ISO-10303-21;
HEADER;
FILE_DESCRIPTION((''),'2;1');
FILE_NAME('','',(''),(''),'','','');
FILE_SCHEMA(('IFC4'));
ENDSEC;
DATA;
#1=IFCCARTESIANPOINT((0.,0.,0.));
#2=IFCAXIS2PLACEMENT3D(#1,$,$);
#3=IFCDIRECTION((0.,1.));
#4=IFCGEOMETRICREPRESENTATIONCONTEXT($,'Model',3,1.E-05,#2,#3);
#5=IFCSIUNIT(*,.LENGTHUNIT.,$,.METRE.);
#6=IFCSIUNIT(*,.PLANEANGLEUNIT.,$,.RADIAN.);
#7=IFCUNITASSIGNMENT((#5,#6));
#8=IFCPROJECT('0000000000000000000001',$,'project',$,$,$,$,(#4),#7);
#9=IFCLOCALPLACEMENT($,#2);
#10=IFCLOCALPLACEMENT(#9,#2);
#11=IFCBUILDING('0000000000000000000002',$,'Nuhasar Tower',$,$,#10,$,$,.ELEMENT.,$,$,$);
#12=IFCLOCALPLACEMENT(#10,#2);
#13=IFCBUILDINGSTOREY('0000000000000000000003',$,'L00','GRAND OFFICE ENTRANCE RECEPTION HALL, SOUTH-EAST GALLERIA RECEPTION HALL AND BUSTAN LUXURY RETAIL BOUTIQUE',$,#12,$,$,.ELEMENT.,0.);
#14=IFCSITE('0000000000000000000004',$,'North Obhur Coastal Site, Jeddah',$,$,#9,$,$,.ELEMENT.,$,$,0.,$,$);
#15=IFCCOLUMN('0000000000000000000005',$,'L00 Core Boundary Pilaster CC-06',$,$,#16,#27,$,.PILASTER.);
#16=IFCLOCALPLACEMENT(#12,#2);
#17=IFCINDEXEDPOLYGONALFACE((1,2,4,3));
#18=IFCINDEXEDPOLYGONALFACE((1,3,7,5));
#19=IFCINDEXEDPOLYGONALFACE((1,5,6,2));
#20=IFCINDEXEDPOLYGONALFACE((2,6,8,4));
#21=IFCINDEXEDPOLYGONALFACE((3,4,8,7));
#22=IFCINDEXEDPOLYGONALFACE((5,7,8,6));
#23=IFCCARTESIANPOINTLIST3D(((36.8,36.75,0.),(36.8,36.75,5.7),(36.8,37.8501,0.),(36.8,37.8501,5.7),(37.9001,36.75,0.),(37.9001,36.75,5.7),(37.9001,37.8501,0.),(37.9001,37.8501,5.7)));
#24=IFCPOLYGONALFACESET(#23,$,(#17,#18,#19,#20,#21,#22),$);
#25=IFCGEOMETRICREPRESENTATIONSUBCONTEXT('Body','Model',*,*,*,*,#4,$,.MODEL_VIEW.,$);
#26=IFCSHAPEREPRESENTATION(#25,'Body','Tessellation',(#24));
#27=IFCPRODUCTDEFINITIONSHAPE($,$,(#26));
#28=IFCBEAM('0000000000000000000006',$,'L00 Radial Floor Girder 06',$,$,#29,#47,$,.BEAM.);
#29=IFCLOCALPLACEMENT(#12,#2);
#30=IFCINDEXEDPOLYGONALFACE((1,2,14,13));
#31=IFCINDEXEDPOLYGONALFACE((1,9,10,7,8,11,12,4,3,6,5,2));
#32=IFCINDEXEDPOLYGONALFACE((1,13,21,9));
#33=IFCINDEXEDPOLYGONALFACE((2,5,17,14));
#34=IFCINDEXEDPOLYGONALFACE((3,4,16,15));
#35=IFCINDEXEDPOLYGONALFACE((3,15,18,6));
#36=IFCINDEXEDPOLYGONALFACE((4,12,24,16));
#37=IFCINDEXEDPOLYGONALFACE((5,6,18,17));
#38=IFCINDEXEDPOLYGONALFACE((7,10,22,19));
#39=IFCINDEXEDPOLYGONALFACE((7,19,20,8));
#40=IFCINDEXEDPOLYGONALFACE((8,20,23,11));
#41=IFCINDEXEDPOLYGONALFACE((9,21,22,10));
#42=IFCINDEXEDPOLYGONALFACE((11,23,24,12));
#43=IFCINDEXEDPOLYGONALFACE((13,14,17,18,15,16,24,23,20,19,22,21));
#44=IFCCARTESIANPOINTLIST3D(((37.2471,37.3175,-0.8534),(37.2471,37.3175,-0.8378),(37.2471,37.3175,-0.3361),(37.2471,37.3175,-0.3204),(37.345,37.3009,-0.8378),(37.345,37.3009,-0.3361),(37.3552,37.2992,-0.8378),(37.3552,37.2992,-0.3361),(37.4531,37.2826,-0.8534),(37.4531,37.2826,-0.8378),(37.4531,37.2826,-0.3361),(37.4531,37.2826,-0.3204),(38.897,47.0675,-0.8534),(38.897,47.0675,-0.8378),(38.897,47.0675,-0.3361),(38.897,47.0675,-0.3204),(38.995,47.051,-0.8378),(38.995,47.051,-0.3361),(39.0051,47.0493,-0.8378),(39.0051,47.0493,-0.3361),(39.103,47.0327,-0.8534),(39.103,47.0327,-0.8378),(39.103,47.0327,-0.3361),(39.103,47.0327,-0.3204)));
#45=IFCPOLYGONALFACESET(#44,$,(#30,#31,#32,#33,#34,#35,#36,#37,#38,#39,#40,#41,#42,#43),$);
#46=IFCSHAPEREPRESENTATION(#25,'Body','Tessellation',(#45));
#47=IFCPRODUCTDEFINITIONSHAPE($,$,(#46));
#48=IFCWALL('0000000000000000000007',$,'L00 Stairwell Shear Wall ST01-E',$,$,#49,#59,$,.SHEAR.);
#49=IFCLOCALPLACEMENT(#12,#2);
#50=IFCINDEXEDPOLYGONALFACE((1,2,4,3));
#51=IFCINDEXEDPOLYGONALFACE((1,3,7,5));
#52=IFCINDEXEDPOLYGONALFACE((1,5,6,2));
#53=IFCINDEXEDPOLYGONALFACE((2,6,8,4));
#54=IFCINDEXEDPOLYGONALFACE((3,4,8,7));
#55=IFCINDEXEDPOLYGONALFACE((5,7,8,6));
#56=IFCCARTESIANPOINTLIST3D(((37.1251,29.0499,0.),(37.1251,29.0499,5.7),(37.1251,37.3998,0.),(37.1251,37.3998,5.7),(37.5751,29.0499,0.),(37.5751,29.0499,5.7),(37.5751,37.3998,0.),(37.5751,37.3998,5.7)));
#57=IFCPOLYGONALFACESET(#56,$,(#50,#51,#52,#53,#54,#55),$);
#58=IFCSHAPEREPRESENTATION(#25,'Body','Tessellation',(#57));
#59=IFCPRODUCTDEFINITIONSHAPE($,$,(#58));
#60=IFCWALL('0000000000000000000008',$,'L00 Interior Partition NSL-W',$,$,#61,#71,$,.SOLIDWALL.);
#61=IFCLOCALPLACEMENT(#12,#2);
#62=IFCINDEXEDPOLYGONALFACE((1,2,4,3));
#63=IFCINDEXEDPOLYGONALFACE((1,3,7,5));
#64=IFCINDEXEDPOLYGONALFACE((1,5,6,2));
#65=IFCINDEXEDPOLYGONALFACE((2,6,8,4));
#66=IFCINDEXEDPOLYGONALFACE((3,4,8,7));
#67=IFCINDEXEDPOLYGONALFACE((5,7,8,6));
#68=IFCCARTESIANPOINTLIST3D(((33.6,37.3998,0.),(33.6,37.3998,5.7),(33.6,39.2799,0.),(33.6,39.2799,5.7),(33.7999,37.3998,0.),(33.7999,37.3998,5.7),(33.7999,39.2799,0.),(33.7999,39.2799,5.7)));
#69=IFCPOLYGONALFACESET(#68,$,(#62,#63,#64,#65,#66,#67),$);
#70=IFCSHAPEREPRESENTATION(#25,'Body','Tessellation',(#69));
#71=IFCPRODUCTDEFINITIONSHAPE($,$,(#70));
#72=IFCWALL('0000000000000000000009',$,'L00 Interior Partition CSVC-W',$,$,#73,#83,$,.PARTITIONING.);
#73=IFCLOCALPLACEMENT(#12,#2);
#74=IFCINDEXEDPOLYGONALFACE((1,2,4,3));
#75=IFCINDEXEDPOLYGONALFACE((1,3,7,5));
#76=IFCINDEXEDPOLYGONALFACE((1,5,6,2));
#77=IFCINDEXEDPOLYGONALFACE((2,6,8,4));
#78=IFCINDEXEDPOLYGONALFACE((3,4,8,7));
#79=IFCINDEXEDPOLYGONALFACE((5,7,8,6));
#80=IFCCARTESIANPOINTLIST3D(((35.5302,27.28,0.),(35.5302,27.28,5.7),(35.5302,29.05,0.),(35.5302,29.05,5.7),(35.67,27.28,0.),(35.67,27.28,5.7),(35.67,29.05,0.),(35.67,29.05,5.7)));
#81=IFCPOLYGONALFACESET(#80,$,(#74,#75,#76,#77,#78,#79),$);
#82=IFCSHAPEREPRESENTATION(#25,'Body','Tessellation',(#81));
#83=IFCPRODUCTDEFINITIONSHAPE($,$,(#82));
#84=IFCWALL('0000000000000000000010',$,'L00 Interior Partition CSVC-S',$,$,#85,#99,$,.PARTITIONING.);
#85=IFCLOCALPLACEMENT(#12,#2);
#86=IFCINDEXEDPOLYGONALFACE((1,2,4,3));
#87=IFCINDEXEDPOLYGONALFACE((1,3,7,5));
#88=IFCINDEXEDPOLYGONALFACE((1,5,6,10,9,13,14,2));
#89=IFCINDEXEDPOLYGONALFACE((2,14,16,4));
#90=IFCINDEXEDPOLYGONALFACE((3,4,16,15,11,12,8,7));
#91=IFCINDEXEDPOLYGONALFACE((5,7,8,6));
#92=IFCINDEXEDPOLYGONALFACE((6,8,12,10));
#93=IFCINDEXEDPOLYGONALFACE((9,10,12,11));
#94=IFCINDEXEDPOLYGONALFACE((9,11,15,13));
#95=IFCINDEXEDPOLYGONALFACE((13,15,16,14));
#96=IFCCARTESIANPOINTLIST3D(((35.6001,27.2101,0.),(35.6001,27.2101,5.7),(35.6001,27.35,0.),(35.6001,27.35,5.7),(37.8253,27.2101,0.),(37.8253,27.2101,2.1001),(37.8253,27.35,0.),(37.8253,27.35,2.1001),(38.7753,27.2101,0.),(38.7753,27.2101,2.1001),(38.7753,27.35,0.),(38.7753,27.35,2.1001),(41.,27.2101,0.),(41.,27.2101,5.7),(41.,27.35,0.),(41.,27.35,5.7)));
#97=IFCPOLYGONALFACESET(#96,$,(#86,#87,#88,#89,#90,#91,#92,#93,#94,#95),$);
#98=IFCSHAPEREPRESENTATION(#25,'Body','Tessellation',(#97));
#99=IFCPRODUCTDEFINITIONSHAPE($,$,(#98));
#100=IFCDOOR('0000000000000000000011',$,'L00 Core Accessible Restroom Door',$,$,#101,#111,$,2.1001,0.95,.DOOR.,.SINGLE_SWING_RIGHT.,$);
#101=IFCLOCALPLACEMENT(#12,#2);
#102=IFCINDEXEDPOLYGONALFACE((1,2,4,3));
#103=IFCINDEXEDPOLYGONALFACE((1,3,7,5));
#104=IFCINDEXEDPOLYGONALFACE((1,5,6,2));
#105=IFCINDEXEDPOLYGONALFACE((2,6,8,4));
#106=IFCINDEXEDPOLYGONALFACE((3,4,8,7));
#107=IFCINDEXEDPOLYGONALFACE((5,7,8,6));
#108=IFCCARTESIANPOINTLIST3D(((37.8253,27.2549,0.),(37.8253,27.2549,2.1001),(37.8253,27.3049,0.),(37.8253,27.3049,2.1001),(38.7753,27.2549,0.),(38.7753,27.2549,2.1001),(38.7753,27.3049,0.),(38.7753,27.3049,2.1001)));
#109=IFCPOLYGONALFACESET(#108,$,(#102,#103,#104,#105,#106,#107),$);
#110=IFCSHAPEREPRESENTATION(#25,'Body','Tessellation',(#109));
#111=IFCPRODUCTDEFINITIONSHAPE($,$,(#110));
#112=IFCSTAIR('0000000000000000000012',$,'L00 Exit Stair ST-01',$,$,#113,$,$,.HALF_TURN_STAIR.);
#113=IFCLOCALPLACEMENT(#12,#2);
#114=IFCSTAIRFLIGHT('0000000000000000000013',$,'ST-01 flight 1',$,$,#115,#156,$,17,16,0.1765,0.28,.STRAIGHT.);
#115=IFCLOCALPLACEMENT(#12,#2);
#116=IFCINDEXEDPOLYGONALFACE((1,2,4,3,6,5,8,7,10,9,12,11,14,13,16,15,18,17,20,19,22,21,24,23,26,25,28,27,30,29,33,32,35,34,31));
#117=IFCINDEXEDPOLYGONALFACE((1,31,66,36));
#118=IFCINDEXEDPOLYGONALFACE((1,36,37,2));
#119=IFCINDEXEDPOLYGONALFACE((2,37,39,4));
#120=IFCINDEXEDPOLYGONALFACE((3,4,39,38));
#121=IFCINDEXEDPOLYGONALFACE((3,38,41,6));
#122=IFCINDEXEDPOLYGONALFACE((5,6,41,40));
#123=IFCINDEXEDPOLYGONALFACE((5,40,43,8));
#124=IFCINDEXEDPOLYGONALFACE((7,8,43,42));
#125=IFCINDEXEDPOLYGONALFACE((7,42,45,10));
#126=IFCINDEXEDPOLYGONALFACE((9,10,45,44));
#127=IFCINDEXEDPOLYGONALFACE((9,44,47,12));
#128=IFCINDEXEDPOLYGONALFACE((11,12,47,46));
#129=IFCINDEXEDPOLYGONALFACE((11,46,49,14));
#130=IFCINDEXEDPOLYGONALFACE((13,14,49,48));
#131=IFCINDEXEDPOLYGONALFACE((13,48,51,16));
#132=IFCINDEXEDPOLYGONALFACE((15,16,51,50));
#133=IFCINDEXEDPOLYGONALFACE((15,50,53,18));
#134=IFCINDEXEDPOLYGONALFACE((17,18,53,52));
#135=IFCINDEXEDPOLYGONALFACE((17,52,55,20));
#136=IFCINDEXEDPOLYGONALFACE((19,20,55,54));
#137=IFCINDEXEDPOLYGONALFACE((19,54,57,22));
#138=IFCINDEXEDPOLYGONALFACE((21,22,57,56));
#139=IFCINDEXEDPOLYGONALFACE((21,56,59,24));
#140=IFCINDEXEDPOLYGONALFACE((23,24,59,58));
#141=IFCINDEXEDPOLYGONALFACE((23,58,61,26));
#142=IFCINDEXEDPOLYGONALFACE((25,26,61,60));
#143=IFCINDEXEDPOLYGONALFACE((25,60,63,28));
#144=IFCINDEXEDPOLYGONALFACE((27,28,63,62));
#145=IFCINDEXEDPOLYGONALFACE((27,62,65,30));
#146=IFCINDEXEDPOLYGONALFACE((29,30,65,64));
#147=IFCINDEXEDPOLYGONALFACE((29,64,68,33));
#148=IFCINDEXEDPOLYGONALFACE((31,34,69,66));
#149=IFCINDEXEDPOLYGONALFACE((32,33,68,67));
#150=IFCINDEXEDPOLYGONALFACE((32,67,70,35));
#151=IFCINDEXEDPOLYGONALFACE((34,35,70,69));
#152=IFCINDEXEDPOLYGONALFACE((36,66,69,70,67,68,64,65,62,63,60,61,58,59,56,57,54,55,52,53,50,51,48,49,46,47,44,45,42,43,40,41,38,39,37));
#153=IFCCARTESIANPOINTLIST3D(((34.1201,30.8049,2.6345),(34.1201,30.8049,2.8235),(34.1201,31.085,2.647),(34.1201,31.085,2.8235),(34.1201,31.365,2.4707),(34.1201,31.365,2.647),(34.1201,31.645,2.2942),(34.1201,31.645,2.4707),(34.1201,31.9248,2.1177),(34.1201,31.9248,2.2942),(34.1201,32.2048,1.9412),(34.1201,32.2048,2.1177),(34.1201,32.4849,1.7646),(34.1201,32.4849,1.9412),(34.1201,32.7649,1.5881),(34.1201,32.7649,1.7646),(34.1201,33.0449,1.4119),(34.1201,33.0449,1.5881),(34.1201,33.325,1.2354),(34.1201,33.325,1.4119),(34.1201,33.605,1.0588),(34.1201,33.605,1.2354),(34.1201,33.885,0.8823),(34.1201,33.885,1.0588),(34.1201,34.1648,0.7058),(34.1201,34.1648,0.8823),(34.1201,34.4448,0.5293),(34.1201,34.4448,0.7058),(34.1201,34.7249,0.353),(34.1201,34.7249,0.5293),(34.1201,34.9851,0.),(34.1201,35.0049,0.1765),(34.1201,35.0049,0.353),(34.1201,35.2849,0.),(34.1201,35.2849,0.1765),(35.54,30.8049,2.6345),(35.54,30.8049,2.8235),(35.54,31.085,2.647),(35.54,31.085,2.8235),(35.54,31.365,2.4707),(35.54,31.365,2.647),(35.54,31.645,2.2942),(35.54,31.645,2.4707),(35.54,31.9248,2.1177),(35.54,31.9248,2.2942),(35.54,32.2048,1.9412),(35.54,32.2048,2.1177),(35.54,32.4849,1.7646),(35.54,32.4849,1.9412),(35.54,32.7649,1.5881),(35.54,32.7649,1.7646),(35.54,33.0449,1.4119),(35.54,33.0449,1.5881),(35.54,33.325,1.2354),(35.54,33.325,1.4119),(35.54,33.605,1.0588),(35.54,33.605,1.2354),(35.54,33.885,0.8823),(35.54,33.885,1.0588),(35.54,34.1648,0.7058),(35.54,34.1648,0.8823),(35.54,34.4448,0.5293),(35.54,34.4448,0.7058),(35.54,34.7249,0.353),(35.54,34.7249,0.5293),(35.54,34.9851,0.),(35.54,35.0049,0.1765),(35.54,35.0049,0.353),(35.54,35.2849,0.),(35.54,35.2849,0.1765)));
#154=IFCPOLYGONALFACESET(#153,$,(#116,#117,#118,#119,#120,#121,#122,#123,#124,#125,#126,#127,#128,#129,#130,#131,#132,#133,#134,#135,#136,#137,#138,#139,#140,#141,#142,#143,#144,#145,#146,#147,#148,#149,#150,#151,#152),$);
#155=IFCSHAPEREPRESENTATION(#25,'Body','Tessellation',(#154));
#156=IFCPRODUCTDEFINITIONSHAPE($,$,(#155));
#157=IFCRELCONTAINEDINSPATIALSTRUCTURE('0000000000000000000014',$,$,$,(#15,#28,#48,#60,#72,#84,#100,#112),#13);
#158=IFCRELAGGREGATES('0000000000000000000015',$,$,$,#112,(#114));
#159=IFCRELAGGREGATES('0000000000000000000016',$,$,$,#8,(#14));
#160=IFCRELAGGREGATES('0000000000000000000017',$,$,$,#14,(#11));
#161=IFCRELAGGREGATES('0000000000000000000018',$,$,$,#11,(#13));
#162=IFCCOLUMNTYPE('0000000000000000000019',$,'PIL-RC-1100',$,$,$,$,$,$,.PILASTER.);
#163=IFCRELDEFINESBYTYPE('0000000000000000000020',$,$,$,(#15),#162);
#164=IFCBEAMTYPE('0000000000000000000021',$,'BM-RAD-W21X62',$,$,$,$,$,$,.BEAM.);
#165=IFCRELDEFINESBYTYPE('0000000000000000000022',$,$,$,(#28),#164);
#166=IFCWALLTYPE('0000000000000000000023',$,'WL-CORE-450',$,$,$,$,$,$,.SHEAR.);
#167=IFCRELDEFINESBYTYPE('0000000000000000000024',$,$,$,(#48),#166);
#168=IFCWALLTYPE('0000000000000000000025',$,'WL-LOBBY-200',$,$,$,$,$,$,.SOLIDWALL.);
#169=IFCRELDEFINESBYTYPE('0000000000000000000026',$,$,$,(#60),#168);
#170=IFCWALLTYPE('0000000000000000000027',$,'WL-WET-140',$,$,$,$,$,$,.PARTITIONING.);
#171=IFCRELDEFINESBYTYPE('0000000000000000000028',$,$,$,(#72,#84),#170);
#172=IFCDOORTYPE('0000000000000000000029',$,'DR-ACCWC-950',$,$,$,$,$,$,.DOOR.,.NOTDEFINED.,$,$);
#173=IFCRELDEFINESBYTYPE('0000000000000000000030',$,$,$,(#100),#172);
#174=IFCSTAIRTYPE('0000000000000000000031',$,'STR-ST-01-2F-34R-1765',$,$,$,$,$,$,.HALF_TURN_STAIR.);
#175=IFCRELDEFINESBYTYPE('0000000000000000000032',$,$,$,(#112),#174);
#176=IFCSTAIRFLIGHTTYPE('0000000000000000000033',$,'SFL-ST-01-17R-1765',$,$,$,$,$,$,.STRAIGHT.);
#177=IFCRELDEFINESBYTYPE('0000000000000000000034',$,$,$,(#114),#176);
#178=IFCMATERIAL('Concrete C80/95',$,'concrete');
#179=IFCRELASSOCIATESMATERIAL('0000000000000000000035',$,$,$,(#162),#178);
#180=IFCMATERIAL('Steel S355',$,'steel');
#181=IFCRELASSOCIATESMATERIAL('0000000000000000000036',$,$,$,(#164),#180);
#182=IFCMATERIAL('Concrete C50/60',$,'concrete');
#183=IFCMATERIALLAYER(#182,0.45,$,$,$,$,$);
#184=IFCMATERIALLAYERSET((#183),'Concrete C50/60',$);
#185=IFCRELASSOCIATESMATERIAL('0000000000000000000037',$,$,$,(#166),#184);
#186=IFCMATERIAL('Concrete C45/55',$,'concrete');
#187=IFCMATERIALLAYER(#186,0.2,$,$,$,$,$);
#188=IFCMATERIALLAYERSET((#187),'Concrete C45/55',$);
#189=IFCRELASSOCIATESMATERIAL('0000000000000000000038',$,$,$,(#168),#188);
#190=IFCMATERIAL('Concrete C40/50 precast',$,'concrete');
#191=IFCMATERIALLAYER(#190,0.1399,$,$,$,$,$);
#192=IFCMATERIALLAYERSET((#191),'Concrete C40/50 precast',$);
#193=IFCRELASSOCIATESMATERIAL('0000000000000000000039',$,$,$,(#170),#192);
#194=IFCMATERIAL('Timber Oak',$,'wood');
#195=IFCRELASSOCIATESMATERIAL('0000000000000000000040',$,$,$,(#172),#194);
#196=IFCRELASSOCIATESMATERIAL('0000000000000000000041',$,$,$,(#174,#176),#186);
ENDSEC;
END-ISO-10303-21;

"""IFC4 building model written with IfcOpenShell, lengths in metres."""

from ifc_helpers import new_model, si_unit, direction, frame, frame_2d, origin, origin_2d, place, context, subcontext, project, spatial, polyline, rectangle, i_section, outline, extrude, material, layer, layer_set, material_profile, profile_set, type_object, element, fill, aggregate, save


model = new_model("IFC4")

# Units and contexts
model_context = context("Model", 3, precision=1e-05, world=origin(), true_north=direction((0.0, 1.0)))
body_context = subcontext(model_context, "Body", "Model", "MODEL_VIEW")
ifc_project = project(units=[si_unit("LENGTHUNIT", "METRE"), si_unit("PLANEANGLEUNIT", "RADIAN")], contexts=[model_context])

# Site, building, storey
site_placement = place(None, origin())
site = spatial("IfcSite", under=ifc_project, at=site_placement, Name="North Obhur Coastal Site, Jeddah", CompositionType="ELEMENT", RefElevation=0.0)
building_placement = place(site_placement, origin())
building = spatial("IfcBuilding", under=site, at=building_placement, Name="Nuhasar Tower", CompositionType="ELEMENT")
storey_placement = place(building_placement, origin())
storey = spatial("IfcBuildingStorey", under=building, at=storey_placement, Name="L00", Description="GRAND OFFICE ENTRANCE RECEPTION HALL, SOUTH-EAST GALLERIA RECEPTION HALL AND BUSTAN LUXURY RETAIL BOUTIQUE", CompositionType="ELEMENT", Elevation=0.0)

# Column
ifc_material_1 = material(Name="Concrete C80/95", Category="concrete")
ifc_material_profile_1 = material_profile(ifc_material_1, rectangle(XDim=1.1001, YDim=1.1001, at=origin_2d()), Name="RC1100X1100")
ifc_profile_set_1 = profile_set([ifc_material_profile_1], Name="Concrete C80/95")
column_type = type_object("IfcColumnType", Name="PIL-RC-1100", PredefinedType="PILASTER", material=ifc_profile_set_1)
column_placement = place(storey_placement, frame((37.3501, 37.3, 0.0), z_axis=(0.0, 0.0, 1.0), x_axis=(1.0, 0.0, 0.0)))
element("IfcColumn", 1, at=column_placement, inside=storey, type_object=column_type, Name="L00 Core Boundary Pilaster CC-06", PredefinedType="PILASTER", context=body_context, shape_type="SweptSolid", body=[
    extrude(rectangle(XDim=1.1001, YDim=1.1001, at=origin_2d()), origin(), (0.0, 0.0, 1.0), 5.7),
])

# Beam
ifc_material_2 = material(Name="Steel S355", Category="steel")
ifc_material_profile_2 = material_profile(ifc_material_2, i_section(OverallWidth=0.209, OverallDepth=0.533, WebThickness=0.0103, FlangeThickness=0.0156, at=origin_2d()), Name="W21X62")
ifc_profile_set_2 = profile_set([ifc_material_profile_2], Name="Steel S355")
beam_type = type_object("IfcBeamType", Name="BM-RAD-W21X62", PredefinedType="BEAM", material=ifc_profile_set_2)
beam_placement = place(storey_placement, frame((37.3501, 37.3, -0.5869), z_axis=(0.166849, 0.985983, 0.0), x_axis=(-0.985983, 0.166849, 0.0)))
element("IfcBeam", 2, at=beam_placement, inside=storey, type_object=beam_type, Name="L00 Radial Floor Girder 06", PredefinedType="BEAM", context=body_context, shape_type="SweptSolid", body=[
    extrude(i_section(OverallWidth=0.209, OverallDepth=0.533, WebThickness=0.0103, FlangeThickness=0.0156, at=origin_2d()), origin(), (0.0, 0.0, 1.0), 9.8887),
])

# Shared definitions
ifc_material_3 = material(Name="Concrete C50/60", Category="concrete")
ifc_layer_1 = layer(ifc_material_3, 0.45)
ifc_layer_set_1 = layer_set([ifc_layer_1], Name="Concrete C50/60")
wall_type_1 = type_object("IfcWallType", Name="WL-CORE-450", PredefinedType="SHEAR", material=ifc_layer_set_1)

# Wall
wall_1_placement = place(storey_placement, frame((37.3501, 29.05, 0.0), z_axis=(0.0, 0.0, 1.0), x_axis=(0.0, 1.0, 0.0)))
element("IfcWall", 3, at=wall_1_placement, inside=storey, type_object=wall_type_1, Name="L00 Stairwell Shear Wall ST01-E", PredefinedType="SHEAR", context=body_context, shape_type="SweptSolid", body=[
    extrude(rectangle(XDim=8.3499, YDim=0.45, at=frame_2d((4.1748, 0.0))), origin(), (0.0, 0.0, 1.0), 5.7),
])

# Walls
ifc_material_4 = material(Name="Concrete C45/55", Category="concrete")
ifc_layer_2 = layer(ifc_material_4, 0.2)
ifc_layer_set_2 = layer_set([ifc_layer_2], Name="Concrete C45/55")
wall_type_2 = type_object("IfcWallType", Name="WL-LOBBY-200", PredefinedType="SOLIDWALL", material=ifc_layer_set_2)
wall_2_placement = place(storey_placement, frame((33.7, 37.3999, 0.0), z_axis=(0.0, 0.0, 1.0), x_axis=(0.0, 1.0, 0.0)))
element("IfcWall", 4, at=wall_2_placement, inside=storey, type_object=wall_type_2, Name="L00 Interior Partition NSL-W", PredefinedType="SOLIDWALL", context=body_context, shape_type="SweptSolid", body=[
    extrude(rectangle(XDim=1.8801, YDim=0.2, at=frame_2d((0.9399, 0.0))), origin(), (0.0, 0.0, 1.0), 5.7),
])
ifc_material_5 = material(Name="Concrete C40/50 precast", Category="concrete")
ifc_layer_3 = layer(ifc_material_5, 0.1399)
ifc_layer_set_3 = layer_set([ifc_layer_3], Name="Concrete C40/50 precast")
wall_type_3 = type_object("IfcWallType", Name="WL-WET-140", PredefinedType="PARTITIONING", material=ifc_layer_set_3)
wall_3_placement = place(storey_placement, frame((35.6001, 27.28, 0.0), z_axis=(0.0, 0.0, 1.0), x_axis=(0.0, 1.0, 0.0)))
element("IfcWall", 5, at=wall_3_placement, inside=storey, type_object=wall_type_3, Name="L00 Interior Partition CSVC-W", PredefinedType="PARTITIONING", context=body_context, shape_type="SweptSolid", body=[
    extrude(rectangle(XDim=1.77, YDim=0.1399, at=frame_2d((0.885, 0.0))), origin(), (0.0, 0.0, 1.0), 5.7),
])

# Wall, opening, door
wall_4_placement = place(storey_placement, frame((35.6001, 27.28, 0.0), z_axis=(0.0, 0.0, 1.0), x_axis=(1.0, 0.0, 0.0)))
wall_4 = element("IfcWall", 6, at=wall_4_placement, inside=storey, type_object=wall_type_3, Name="L00 Interior Partition CSVC-S", PredefinedType="PARTITIONING", context=body_context, shape_type="SweptSolid", body=[
    extrude(rectangle(XDim=5.3999, YDim=0.1399, at=frame_2d((2.7, 0.0))), origin(), (0.0, 0.0, 1.0), 5.7),
])
opening_1_placement = place(wall_4_placement, frame((2.2251, 0.0, 0.0)))
opening_1 = element("IfcOpeningElement", 7, at=opening_1_placement, cuts=wall_4, PredefinedType="OPENING", context=body_context, shape_type="SweptSolid", body=[
    extrude(rectangle(XDim=0.95, YDim=2.1001, at=frame_2d((0.4751, 1.05))), frame((0.0, 0.0801, 0.0), z_axis=(0.0, -1.0, 0.0), x_axis=(1.0, 0.0, 0.0)), (0.0, 0.0, 1.0), 0.1599),
])
ifc_material_6 = material(Name="Timber Oak", Category="wood")
door_type_1 = type_object("IfcDoorType", Name="DR-ACCWC-950", OperationType="NOTDEFINED", PredefinedType="DOOR", material=ifc_material_6)
door_1_placement = place(opening_1_placement, origin())
door_1 = element("IfcDoor", 8, at=door_1_placement, inside=storey, type_object=door_type_1, Name="L00 Core Accessible Restroom Door", OperationType="SINGLE_SWING_RIGHT", OverallHeight=2.1001, OverallWidth=0.95, PredefinedType="DOOR", context=body_context, shape_type="SweptSolid", body=[
    extrude(rectangle(XDim=0.95, YDim=2.1001, at=frame_2d((0.4751, 1.05))), frame((0.0, 0.0249, 0.0), z_axis=(0.0, -1.0, 0.0), x_axis=(1.0, 0.0, 0.0)), (0.0, 0.0, 1.0), 0.05),
])
fill(opening_1, door_1)

# Stair, stair flight
stair_type_1 = type_object("IfcStairType", Name="STR-ST-01-2F-34R-1765", PredefinedType="HALF_TURN_STAIR", material=ifc_material_4)
stair_1_placement = place(storey_placement, origin())
stair_1 = element("IfcStair", 9, at=stair_1_placement, inside=storey, type_object=stair_type_1, Name="L00 Exit Stair ST-01", PredefinedType="HALF_TURN_STAIR")
stair_flight_type_1 = type_object("IfcStairFlightType", Name="SFL-ST-01-17R-1765", PredefinedType="STRAIGHT", material=ifc_material_4)
stair_flight_1_placement = place(storey_placement, frame((34.8301, 35.2849, 0.0), z_axis=(0.0, 0.0, 1.0), x_axis=(0.0, -1.0, 0.0)))
stair_flight_1 = element("IfcStairFlight", 10, at=stair_flight_1_placement, type_object=stair_flight_type_1, Name="ST-01 flight 1", NumberOfRisers=17, NumberOfTreads=16, PredefinedType="STRAIGHT", RiserHeight=0.1765, TreadLength=0.28, context=body_context, shape_type="SweptSolid", body=[
    extrude(outline(polyline([(0.0, 0.0), (0.0, 0.1765), (0.28, 0.1765), (0.28, 0.353), (0.5601, 0.353), (0.5601, 0.5293), (0.8401, 0.5293), (0.8401, 0.7058), (1.1201, 0.7058), (1.1201, 0.8823), (1.3999, 0.8823), (1.3999, 1.0588), (1.6799, 1.0588), (1.6799, 1.2354), (1.96, 1.2354), (1.96, 1.4119), (2.24, 1.4119), (2.24, 1.5881), (2.52, 1.5881), (2.52, 1.7646), (2.8, 1.7646), (2.8, 1.9412), (3.0801, 1.9412), (3.0801, 2.1177), (3.3601, 2.1177), (3.3601, 2.2942), (3.6399, 2.2942), (3.6399, 2.4707), (3.9199, 2.4707), (3.9199, 2.647), (4.2, 2.647), (4.2, 2.8235), (4.48, 2.8235), (4.48, 3.0), (4.48, 2.6345), (0.2998, 0.0), (0.0, 0.0)])), frame((0.0, 0.71, 0.0), z_axis=(0.0, -1.0, 0.0), x_axis=(1.0, 0.0, 0.0)), (0.0, 0.0, 1.0), 1.4199),
])
aggregate(stair_1, [stair_flight_1])

save(model, "model.ifc")
